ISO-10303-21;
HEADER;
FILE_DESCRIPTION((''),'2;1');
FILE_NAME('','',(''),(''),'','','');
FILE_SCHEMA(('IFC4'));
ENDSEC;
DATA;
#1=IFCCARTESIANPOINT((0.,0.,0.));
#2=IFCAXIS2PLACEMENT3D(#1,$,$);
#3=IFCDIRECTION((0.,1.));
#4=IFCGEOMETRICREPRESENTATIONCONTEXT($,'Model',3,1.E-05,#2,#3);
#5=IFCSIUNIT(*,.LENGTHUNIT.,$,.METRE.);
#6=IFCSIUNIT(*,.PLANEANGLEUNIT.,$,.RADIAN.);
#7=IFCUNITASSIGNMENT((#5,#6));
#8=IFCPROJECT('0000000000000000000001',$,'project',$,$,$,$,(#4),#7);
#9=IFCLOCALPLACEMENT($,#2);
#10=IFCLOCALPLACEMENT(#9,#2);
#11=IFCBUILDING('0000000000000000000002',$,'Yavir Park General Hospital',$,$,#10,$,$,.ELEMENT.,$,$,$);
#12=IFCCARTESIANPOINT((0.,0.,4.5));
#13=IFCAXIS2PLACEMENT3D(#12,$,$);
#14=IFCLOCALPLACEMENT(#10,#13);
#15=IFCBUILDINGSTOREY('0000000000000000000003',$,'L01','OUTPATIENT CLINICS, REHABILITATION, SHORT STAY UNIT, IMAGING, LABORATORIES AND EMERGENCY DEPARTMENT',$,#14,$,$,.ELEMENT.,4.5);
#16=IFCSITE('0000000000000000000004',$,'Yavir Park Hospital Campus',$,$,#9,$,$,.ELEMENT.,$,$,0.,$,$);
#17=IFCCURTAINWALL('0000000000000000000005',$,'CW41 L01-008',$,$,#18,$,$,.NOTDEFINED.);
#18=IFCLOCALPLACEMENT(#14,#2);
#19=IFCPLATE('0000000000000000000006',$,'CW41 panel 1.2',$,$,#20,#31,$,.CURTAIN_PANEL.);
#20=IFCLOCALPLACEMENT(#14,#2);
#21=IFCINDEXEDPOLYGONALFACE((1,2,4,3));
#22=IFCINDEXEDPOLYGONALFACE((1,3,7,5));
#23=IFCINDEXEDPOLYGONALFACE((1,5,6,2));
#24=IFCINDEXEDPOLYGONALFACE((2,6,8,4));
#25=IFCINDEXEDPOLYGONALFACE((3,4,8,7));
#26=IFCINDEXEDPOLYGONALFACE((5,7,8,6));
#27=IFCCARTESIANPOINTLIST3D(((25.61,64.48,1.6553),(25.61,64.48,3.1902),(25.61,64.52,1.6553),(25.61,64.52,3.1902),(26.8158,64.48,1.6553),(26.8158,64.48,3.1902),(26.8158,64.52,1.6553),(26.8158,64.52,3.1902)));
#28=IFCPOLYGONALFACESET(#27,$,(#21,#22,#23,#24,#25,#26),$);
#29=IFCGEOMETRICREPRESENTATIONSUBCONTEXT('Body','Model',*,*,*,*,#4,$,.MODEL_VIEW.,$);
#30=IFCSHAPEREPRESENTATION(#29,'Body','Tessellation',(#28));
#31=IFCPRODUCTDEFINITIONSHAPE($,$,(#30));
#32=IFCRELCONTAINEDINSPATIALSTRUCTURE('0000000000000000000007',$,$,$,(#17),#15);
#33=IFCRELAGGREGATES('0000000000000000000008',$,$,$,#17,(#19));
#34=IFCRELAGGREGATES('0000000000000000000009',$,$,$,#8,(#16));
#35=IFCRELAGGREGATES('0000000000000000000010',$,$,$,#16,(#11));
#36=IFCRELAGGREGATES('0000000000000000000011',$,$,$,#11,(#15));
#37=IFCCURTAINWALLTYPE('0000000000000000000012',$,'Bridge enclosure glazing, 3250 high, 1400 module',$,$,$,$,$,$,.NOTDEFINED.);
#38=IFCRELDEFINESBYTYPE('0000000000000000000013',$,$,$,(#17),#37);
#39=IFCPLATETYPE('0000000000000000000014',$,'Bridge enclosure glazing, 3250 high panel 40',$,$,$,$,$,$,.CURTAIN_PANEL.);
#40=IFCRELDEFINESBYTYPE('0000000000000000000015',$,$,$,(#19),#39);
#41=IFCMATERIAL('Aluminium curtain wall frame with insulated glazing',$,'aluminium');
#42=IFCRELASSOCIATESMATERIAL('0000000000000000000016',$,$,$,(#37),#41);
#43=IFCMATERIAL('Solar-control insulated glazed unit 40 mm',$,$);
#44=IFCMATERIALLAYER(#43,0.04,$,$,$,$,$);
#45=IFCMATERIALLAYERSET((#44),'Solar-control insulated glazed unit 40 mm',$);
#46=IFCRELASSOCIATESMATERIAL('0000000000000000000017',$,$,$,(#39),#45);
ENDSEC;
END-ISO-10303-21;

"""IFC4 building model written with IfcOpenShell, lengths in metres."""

from ifc_helpers import new_model, si_unit, direction, frame, origin, origin_2d, place, context, subcontext, project, spatial, rectangle, extrude, material, layer, layer_set, type_object, element, aggregate, save


model = new_model("IFC4")

# Units and contexts
model_context = context("Model", 3, precision=1e-05, world=origin(), true_north=direction((0.0, 1.0)))
body_context = subcontext(model_context, "Body", "Model", "MODEL_VIEW")
ifc_project = project(units=[si_unit("LENGTHUNIT", "METRE"), si_unit("PLANEANGLEUNIT", "RADIAN")], contexts=[model_context])

# Site, building, storey
site_placement = place(None, origin())
site = spatial("IfcSite", under=ifc_project, at=site_placement, Name="Yavir Park Hospital Campus", CompositionType="ELEMENT", RefElevation=0.0)
building_placement = place(site_placement, origin())
building = spatial("IfcBuilding", under=site, at=building_placement, Name="Yavir Park General Hospital", CompositionType="ELEMENT")
storey_placement = place(building_placement, frame((0.0, 0.0, 4.5)))
storey = spatial("IfcBuildingStorey", under=building, at=storey_placement, Name="L01", Description="OUTPATIENT CLINICS, REHABILITATION, SHORT STAY UNIT, IMAGING, LABORATORIES AND EMERGENCY DEPARTMENT", CompositionType="ELEMENT", Elevation=4.5)

# Curtain wall
ifc_material_1 = material(Name="Aluminium curtain wall frame with insulated glazing", Category="aluminium")
curtain_wall_type = type_object("IfcCurtainWallType", Name="Bridge enclosure glazing, 3250 high, 1400 module", PredefinedType="NOTDEFINED", material=ifc_material_1)
curtain_wall_1_placement = place(storey_placement, origin())
curtain_wall_1 = element("IfcCurtainWall", 1, at=curtain_wall_1_placement, inside=storey, type_object=curtain_wall_type, Name="CW41 L01-008", PredefinedType="NOTDEFINED")

# Plate
ifc_material_2 = material(Name="Solar-control insulated glazed unit 40 mm")
ifc_layer = layer(ifc_material_2, 0.04)
ifc_layer_set = layer_set([ifc_layer], Name="Solar-control insulated glazed unit 40 mm")
plate_type = type_object("IfcPlateType", Name="Bridge enclosure glazing, 3250 high panel 40", PredefinedType="CURTAIN_PANEL", material=ifc_layer_set)
plate_1_placement = place(storey_placement, frame((26.2129, 64.5, 1.6553), z_axis=(0.0, 0.0, 1.0), x_axis=(1.0, 0.0, 0.0)))
plate_1 = element("IfcPlate", 2, at=plate_1_placement, type_object=plate_type, Name="CW41 panel 1.2", PredefinedType="CURTAIN_PANEL", context=body_context, shape_type="SweptSolid", body=[
    extrude(rectangle(XDim=1.2058, YDim=0.04, at=origin_2d()), origin(), (0.0, 0.0, 1.0), 1.5349),
])
aggregate(curtain_wall_1, [plate_1])

save(model, "model.ifc")
